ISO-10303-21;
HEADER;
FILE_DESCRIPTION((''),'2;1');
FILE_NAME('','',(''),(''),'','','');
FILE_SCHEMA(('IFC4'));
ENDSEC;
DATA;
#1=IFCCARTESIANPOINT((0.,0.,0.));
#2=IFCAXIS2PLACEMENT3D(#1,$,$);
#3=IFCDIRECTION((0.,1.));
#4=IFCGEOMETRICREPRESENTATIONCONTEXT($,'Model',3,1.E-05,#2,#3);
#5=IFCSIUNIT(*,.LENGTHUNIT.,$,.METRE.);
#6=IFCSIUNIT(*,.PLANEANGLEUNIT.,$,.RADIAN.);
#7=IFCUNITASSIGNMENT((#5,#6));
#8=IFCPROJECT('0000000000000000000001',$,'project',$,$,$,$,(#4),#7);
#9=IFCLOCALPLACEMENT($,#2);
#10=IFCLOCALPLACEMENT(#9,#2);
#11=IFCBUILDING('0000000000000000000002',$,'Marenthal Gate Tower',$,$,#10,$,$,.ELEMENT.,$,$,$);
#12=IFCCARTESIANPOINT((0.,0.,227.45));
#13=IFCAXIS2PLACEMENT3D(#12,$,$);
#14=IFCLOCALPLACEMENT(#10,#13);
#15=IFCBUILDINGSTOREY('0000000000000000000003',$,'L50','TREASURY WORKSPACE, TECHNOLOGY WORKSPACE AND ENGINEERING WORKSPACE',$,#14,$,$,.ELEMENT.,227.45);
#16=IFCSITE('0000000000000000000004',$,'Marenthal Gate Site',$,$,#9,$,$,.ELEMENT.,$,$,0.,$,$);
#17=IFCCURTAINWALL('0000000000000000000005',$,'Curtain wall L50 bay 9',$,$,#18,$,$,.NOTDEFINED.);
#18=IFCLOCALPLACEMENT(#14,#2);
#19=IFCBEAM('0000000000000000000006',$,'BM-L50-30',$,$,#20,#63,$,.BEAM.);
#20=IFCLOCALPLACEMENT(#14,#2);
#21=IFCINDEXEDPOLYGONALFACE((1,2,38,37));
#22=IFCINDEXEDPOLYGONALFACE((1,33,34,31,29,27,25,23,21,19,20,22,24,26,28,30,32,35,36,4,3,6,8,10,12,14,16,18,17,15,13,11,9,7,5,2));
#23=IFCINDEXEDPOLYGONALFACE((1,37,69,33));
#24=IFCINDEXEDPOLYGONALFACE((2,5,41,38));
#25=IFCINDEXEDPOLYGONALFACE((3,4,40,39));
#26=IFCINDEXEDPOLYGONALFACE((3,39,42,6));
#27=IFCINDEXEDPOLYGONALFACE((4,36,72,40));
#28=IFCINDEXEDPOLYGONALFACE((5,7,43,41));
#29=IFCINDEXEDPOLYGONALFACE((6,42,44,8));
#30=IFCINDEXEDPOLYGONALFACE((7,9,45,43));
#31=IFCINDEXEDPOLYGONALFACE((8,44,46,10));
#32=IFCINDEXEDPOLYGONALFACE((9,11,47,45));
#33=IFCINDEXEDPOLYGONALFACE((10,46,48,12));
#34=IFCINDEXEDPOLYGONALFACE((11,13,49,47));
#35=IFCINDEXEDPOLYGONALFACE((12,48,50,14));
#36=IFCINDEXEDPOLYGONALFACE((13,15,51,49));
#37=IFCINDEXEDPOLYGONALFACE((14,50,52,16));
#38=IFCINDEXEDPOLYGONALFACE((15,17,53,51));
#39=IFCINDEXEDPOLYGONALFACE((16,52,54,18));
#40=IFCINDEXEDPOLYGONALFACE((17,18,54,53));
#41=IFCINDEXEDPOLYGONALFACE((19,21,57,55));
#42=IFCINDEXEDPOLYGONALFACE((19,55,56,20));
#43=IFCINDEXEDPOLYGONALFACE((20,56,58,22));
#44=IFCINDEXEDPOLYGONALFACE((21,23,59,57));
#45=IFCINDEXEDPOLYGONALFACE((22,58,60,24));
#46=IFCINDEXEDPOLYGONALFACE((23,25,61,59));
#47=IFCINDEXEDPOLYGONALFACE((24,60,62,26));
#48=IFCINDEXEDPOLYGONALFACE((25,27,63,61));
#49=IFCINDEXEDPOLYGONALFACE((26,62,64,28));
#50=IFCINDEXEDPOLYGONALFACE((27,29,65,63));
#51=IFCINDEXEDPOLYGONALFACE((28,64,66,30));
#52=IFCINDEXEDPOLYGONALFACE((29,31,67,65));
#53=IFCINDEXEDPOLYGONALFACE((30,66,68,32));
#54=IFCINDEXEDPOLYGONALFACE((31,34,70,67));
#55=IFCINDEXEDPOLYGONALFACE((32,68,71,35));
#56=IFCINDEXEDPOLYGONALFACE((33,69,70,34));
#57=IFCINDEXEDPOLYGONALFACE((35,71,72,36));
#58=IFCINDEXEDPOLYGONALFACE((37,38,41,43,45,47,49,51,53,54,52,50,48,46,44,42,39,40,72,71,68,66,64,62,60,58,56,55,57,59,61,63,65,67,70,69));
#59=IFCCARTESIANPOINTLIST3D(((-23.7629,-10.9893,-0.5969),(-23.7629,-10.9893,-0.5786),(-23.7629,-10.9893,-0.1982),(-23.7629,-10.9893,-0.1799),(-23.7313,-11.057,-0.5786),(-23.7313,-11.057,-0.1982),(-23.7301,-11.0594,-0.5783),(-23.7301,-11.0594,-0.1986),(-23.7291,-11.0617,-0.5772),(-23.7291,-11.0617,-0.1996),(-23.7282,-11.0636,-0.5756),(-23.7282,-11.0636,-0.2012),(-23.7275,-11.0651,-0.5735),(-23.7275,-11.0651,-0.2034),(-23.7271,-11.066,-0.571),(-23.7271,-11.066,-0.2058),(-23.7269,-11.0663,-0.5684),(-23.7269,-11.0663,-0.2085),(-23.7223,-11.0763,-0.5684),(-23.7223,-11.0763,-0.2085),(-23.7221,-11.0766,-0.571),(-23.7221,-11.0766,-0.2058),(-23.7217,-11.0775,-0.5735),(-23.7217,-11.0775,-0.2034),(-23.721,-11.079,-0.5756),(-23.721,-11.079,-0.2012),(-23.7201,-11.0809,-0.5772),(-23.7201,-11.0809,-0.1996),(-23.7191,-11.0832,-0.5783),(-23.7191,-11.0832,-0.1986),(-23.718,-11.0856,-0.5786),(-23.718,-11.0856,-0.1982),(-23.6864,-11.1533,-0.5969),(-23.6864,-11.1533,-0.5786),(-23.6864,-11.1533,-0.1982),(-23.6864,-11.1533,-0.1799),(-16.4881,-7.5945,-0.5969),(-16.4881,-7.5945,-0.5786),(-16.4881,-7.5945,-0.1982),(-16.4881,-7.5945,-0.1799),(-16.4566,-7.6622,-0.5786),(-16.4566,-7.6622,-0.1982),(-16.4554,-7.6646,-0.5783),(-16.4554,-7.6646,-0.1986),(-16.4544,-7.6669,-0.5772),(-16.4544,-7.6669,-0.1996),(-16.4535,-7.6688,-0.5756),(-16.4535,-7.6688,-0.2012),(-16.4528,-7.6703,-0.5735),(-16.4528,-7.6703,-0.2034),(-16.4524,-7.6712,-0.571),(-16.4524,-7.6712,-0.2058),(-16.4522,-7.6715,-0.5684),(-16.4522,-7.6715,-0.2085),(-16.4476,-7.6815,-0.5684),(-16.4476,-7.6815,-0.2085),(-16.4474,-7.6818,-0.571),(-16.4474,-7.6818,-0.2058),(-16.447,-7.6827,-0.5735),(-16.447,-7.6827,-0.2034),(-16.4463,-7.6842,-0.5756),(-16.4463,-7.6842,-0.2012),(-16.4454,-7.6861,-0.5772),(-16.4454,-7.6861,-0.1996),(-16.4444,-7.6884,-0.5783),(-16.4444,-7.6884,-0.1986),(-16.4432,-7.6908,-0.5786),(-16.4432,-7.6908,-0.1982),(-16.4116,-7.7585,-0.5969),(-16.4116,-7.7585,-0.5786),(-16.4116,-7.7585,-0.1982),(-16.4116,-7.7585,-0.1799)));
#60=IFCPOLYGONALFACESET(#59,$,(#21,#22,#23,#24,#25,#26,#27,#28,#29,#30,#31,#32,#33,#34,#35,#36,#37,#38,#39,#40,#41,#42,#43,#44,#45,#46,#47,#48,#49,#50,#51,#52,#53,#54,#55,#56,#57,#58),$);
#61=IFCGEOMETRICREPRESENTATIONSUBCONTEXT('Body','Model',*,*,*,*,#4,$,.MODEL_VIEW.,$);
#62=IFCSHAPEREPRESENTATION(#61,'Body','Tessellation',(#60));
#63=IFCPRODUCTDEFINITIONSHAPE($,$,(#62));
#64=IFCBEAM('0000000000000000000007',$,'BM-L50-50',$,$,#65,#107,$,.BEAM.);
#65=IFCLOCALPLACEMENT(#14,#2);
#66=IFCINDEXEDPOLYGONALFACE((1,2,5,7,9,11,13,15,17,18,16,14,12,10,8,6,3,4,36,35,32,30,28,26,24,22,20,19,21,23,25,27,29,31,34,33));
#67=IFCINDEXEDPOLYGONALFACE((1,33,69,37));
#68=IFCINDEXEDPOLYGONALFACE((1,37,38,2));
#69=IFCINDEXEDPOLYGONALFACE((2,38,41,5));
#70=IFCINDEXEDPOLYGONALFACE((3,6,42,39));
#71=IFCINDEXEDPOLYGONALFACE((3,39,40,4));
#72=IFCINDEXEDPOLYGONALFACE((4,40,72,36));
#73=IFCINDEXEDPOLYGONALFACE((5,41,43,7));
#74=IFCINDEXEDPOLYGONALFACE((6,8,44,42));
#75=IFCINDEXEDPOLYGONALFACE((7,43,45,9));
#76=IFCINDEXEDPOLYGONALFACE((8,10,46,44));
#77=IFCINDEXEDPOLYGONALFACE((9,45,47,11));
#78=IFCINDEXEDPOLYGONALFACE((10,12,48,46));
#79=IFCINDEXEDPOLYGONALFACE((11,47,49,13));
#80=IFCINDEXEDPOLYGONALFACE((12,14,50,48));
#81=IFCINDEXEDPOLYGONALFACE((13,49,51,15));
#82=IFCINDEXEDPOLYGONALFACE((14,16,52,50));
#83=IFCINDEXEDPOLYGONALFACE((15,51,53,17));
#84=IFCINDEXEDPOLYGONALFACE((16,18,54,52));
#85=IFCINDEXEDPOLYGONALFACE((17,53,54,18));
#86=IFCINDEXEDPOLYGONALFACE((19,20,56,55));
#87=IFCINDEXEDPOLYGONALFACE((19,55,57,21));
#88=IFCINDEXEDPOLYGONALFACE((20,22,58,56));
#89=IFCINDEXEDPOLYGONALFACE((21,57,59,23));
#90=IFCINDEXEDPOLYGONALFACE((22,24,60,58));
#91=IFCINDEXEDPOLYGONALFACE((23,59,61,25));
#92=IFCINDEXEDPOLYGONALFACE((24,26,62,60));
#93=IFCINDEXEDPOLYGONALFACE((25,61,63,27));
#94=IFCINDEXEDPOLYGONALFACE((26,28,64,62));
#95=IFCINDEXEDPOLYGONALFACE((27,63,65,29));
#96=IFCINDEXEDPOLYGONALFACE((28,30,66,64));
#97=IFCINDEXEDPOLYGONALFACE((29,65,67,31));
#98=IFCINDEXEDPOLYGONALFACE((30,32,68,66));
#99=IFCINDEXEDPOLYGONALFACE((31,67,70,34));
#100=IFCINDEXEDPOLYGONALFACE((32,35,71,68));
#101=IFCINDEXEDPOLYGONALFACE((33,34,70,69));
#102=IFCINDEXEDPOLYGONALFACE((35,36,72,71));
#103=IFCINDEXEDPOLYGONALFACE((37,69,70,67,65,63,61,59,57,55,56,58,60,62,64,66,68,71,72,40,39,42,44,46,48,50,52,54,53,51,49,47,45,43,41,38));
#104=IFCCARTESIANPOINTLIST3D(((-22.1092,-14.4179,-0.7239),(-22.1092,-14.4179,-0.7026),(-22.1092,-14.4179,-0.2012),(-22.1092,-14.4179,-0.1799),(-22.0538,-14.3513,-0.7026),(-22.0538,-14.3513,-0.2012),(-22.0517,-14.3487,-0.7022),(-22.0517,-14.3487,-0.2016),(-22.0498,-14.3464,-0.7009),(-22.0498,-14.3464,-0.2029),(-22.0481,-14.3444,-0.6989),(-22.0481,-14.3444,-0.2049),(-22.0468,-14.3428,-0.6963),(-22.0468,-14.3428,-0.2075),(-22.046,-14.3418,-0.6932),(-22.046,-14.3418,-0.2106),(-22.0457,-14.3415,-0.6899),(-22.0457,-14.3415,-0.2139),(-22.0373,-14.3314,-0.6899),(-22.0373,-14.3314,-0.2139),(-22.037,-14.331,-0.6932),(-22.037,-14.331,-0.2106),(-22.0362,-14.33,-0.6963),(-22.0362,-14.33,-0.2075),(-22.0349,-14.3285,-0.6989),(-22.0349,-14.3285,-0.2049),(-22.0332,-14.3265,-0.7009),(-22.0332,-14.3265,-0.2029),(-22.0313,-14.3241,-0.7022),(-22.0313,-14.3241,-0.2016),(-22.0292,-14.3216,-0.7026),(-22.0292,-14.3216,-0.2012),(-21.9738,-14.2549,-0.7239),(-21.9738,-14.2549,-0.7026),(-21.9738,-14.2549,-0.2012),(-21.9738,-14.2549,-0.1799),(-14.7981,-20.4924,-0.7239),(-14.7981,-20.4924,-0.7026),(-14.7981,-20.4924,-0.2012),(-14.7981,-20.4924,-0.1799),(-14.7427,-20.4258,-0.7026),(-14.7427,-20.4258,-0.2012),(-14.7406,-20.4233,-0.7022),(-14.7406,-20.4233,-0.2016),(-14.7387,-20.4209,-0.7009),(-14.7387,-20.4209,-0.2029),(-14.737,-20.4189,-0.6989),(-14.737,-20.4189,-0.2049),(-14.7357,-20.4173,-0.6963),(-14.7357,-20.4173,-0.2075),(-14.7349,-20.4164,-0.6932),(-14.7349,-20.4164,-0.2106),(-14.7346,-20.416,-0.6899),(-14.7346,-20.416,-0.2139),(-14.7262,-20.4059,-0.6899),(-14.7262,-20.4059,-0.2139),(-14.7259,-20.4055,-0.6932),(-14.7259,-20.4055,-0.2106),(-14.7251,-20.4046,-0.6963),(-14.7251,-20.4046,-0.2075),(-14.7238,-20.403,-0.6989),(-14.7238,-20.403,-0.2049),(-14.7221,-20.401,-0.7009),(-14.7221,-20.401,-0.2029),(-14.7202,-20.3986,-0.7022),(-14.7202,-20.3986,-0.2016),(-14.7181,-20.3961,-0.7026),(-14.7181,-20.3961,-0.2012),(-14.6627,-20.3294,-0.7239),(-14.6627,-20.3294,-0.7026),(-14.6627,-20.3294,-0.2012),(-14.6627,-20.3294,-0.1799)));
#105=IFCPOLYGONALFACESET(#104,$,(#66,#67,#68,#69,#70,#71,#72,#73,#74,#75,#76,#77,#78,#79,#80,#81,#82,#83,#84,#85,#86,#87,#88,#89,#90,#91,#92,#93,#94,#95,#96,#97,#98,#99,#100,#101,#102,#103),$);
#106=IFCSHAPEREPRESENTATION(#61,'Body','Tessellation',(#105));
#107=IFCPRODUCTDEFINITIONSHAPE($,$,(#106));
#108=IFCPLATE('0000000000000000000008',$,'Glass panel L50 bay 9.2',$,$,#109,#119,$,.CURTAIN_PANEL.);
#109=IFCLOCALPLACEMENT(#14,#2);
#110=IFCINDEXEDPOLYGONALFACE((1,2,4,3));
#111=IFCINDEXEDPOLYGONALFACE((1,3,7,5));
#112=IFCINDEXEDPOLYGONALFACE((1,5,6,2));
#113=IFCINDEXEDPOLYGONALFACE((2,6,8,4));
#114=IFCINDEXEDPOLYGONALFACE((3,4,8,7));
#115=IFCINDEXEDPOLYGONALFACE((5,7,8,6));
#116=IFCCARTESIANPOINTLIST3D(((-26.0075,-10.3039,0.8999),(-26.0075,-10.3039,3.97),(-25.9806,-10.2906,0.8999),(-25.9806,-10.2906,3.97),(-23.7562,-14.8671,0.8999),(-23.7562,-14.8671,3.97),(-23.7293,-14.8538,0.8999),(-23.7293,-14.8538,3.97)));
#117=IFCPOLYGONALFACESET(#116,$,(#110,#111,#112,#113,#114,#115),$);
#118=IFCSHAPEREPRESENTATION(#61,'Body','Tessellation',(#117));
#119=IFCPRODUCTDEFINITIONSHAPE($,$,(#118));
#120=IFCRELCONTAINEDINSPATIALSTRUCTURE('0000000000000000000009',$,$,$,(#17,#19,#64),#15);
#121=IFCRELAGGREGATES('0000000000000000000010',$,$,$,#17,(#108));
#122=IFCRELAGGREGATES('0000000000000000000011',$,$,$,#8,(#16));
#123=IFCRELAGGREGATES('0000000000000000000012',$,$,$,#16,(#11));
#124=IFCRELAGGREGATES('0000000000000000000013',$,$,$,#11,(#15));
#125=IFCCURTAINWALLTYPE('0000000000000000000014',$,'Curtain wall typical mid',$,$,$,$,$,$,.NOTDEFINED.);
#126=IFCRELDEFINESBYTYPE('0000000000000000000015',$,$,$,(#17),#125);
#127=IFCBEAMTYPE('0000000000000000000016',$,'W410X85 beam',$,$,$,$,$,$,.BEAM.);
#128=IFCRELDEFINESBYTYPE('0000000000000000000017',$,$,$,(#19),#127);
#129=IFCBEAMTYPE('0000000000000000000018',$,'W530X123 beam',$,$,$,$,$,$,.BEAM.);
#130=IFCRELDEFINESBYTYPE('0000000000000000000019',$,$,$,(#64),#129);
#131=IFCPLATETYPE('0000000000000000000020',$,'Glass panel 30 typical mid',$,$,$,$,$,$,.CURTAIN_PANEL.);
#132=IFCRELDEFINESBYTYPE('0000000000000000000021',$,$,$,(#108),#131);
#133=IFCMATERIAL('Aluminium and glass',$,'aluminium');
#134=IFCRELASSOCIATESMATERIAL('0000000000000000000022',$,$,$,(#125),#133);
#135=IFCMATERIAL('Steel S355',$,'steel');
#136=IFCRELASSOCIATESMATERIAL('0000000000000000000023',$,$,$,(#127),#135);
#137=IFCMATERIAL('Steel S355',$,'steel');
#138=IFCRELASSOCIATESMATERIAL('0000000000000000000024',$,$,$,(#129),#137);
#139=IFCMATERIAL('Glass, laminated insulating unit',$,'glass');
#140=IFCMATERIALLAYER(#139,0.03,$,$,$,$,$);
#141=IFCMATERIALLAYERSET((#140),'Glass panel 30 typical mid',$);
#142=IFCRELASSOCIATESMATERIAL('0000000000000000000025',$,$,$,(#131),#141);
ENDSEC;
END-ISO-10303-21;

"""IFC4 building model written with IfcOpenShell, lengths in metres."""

from ifc_helpers import new_model, si_unit, direction, frame, origin, origin_2d, place, context, subcontext, project, spatial, rectangle, i_section, extrude, material, layer, layer_set, material_profile, profile_set, type_object, element, aggregate, save


model = new_model("IFC4")

# Units and contexts
model_context = context("Model", 3, precision=1e-05, world=origin(), true_north=direction((0.0, 1.0)))
body_context = subcontext(model_context, "Body", "Model", "MODEL_VIEW")
ifc_project = project(units=[si_unit("LENGTHUNIT", "METRE"), si_unit("PLANEANGLEUNIT", "RADIAN")], contexts=[model_context])

# Site, building, storey
site_placement = place(None, origin())
site = spatial("IfcSite", under=ifc_project, at=site_placement, Name="Marenthal Gate Site", CompositionType="ELEMENT", RefElevation=0.0)
building_placement = place(site_placement, origin())
building = spatial("IfcBuilding", under=site, at=building_placement, Name="Marenthal Gate Tower", CompositionType="ELEMENT")
storey_placement = place(building_placement, frame((0.0, 0.0, 227.45)))
storey = spatial("IfcBuildingStorey", under=building, at=storey_placement, Name="L50", Description="TREASURY WORKSPACE, TECHNOLOGY WORKSPACE AND ENGINEERING WORKSPACE", CompositionType="ELEMENT", Elevation=227.45)

# Curtain wall
ifc_material_1 = material(Name="Aluminium and glass", Category="aluminium")
curtain_wall_type = type_object("IfcCurtainWallType", Name="Curtain wall typical mid", PredefinedType="NOTDEFINED", material=ifc_material_1)
curtain_wall_1_placement = place(storey_placement, origin())
curtain_wall_1 = element("IfcCurtainWall", 1, at=curtain_wall_1_placement, inside=storey, type_object=curtain_wall_type, Name="Curtain wall L50 bay 9", PredefinedType="NOTDEFINED")

# Beams
ifc_material_2 = material(Name="Steel S355", Category="steel")
ifc_material_profile_1 = material_profile(ifc_material_2, i_section(OverallWidth=0.1809, OverallDepth=0.417, WebThickness=0.011, FlangeThickness=0.0183, FilletRadius=0.0103, at=origin_2d()), Name="W410X85")
ifc_profile_set_1 = profile_set([ifc_material_profile_1], Name="Steel S355")
beam_type_1 = type_object("IfcBeamType", Name="W410X85 beam", PredefinedType="BEAM", material=ifc_profile_set_1)
beam_1_placement = place(storey_placement, frame((-23.7246, -11.0713, -0.3884), z_axis=(0.906186, 0.422879, 0.0), x_axis=(-0.422879, 0.906186, 0.0)))
element("IfcBeam", 2, at=beam_1_placement, inside=storey, type_object=beam_type_1, Name="BM-L50-30", PredefinedType="BEAM", context=body_context, shape_type="SweptSolid", body=[
    extrude(i_section(OverallWidth=0.1809, OverallDepth=0.417, WebThickness=0.011, FlangeThickness=0.0183, FilletRadius=0.0103, at=origin_2d()), origin(), (0.0, 0.0, 1.0), 8.0278),
])
ifc_material_3 = material(Name="Steel S355", Category="steel")
ifc_material_profile_2 = material_profile(ifc_material_3, i_section(OverallWidth=0.2119, OverallDepth=0.5439, WebThickness=0.0132, FlangeThickness=0.0212, FilletRadius=0.0127, at=origin_2d()), Name="W530X123")
ifc_profile_set_2 = profile_set([ifc_material_profile_2], Name="Steel S355")
beam_type_2 = type_object("IfcBeamType", Name="W530X123 beam", PredefinedType="BEAM", material=ifc_profile_set_2)
beam_2_placement = place(storey_placement, frame((-22.0415, -14.3364, -0.4519), z_axis=(0.769155, -0.639062, 0.0), x_axis=(0.639062, 0.769155, 0.0)))
element("IfcBeam", 3, at=beam_2_placement, inside=storey, type_object=beam_type_2, Name="BM-L50-50", PredefinedType="BEAM", context=body_context, shape_type="SweptSolid", body=[
    extrude(i_section(OverallWidth=0.2119, OverallDepth=0.5439, WebThickness=0.0132, FlangeThickness=0.0212, FilletRadius=0.0127, at=origin_2d()), origin(), (0.0, 0.0, 1.0), 9.5054),
])

# Plate
ifc_material_4 = material(Name="Glass, laminated insulating unit", Category="glass")
ifc_layer_1 = layer(ifc_material_4, 0.03)
ifc_layer_set_1 = layer_set([ifc_layer_1], Name="Glass panel 30 typical mid")
plate_type = type_object("IfcPlateType", Name="Glass panel 30 typical mid", PredefinedType="CURTAIN_PANEL", material=ifc_layer_set_1)
plate_placement = place(storey_placement, frame((-24.8684, -12.5789, 0.8999), z_axis=(0.0, 0.0, 1.0), x_axis=(0.442441, -0.896798, 0.0)))
plate = element("IfcPlate", 4, at=plate_placement, type_object=plate_type, Name="Glass panel L50 bay 9.2", PredefinedType="CURTAIN_PANEL", context=body_context, shape_type="SweptSolid", body=[
    extrude(rectangle(XDim=5.0884, YDim=0.03, at=origin_2d()), origin(), (0.0, 0.0, 1.0), 3.0701),
])
aggregate(curtain_wall_1, [plate])

save(model, "model.ifc")
